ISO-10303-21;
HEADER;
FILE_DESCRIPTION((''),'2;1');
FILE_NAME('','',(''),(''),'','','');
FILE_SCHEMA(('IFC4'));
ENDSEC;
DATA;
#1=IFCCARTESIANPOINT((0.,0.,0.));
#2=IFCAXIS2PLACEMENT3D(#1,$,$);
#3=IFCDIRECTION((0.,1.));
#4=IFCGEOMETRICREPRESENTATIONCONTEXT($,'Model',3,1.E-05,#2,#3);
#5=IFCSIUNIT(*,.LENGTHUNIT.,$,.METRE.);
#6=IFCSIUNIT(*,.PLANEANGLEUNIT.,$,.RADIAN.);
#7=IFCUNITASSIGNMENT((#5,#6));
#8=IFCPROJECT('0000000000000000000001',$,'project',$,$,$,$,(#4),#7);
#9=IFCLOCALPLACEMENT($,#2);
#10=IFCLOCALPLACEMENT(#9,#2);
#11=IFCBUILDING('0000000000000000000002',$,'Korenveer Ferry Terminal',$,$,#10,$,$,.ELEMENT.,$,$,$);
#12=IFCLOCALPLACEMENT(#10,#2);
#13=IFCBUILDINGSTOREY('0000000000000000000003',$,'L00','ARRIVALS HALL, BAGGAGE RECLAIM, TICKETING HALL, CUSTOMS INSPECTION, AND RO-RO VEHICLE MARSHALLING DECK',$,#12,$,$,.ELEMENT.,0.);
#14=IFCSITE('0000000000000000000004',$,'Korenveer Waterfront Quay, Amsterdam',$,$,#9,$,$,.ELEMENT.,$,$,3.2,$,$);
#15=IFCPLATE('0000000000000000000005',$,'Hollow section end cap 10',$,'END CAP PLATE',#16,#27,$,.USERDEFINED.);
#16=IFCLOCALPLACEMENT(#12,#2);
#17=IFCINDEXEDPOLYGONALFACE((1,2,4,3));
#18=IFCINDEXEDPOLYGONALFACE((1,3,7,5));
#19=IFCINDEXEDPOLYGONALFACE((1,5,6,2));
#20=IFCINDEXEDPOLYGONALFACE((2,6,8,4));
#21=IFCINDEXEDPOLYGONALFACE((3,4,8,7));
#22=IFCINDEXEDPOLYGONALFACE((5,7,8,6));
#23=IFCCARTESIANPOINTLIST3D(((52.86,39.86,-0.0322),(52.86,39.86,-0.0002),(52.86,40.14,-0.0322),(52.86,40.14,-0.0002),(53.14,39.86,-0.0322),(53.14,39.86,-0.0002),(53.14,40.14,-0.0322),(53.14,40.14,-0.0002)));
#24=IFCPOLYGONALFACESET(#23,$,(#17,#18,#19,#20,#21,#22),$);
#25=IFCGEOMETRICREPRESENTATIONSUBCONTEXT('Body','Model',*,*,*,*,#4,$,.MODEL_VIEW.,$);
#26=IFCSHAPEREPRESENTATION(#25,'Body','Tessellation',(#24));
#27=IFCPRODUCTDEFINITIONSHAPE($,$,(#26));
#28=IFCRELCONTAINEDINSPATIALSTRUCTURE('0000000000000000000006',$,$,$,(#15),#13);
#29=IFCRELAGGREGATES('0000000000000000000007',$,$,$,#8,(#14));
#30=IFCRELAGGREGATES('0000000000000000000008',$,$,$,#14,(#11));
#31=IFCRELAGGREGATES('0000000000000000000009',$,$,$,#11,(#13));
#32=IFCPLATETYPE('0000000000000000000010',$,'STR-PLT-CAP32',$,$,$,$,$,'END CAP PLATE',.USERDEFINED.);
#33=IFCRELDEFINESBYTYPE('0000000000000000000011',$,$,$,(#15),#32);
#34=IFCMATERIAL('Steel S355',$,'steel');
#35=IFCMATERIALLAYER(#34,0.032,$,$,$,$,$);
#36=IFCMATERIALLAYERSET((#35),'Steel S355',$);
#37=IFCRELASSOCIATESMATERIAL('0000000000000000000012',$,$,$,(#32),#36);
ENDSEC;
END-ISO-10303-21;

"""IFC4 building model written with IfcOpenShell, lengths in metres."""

from ifc_helpers import new_model, si_unit, direction, frame, origin, origin_2d, place, context, subcontext, project, spatial, rectangle, extrude, material, layer, layer_set, type_object, element, save


model = new_model("IFC4")

# Units and contexts
model_context = context("Model", 3, precision=1e-05, world=origin(), true_north=direction((0.0, 1.0)))
body_context = subcontext(model_context, "Body", "Model", "MODEL_VIEW")
ifc_project = project(units=[si_unit("LENGTHUNIT", "METRE"), si_unit("PLANEANGLEUNIT", "RADIAN")], contexts=[model_context])

# Site, building, storey
site_placement = place(None, origin())
site = spatial("IfcSite", under=ifc_project, at=site_placement, Name="Korenveer Waterfront Quay, Amsterdam", CompositionType="ELEMENT", RefElevation=3.2)
building_placement = place(site_placement, origin())
building = spatial("IfcBuilding", under=site, at=building_placement, Name="Korenveer Ferry Terminal", CompositionType="ELEMENT")
storey_placement = place(building_placement, origin())
storey = spatial("IfcBuildingStorey", under=building, at=storey_placement, Name="L00", Description="ARRIVALS HALL, BAGGAGE RECLAIM, TICKETING HALL, CUSTOMS INSPECTION, AND RO-RO VEHICLE MARSHALLING DECK", CompositionType="ELEMENT", Elevation=0.0)

# Shared definitions
ifc_material_1 = material(Name="Steel S355", Category="steel")

# Plate
ifc_layer = layer(ifc_material_1, 0.032)
ifc_layer_set = layer_set([ifc_layer], Name="Steel S355")
plate_type = type_object("IfcPlateType", Name="STR-PLT-CAP32", ElementType="END CAP PLATE", PredefinedType="USERDEFINED", material=ifc_layer_set)
plate_placement = place(storey_placement, frame((53.0, 40.0, -0.0322), z_axis=(0.0, 0.0, 1.0), x_axis=(1.0, 0.0, 0.0)))
element("IfcPlate", 1, at=plate_placement, inside=storey, type_object=plate_type, Name="Hollow section end cap 10", ObjectType="END CAP PLATE", PredefinedType="USERDEFINED", context=body_context, shape_type="SweptSolid", body=[
    extrude(rectangle(XDim=0.28, YDim=0.28, at=origin_2d()), origin(), (0.0, 0.0, 1.0), 0.032),
])

save(model, "model.ifc")
